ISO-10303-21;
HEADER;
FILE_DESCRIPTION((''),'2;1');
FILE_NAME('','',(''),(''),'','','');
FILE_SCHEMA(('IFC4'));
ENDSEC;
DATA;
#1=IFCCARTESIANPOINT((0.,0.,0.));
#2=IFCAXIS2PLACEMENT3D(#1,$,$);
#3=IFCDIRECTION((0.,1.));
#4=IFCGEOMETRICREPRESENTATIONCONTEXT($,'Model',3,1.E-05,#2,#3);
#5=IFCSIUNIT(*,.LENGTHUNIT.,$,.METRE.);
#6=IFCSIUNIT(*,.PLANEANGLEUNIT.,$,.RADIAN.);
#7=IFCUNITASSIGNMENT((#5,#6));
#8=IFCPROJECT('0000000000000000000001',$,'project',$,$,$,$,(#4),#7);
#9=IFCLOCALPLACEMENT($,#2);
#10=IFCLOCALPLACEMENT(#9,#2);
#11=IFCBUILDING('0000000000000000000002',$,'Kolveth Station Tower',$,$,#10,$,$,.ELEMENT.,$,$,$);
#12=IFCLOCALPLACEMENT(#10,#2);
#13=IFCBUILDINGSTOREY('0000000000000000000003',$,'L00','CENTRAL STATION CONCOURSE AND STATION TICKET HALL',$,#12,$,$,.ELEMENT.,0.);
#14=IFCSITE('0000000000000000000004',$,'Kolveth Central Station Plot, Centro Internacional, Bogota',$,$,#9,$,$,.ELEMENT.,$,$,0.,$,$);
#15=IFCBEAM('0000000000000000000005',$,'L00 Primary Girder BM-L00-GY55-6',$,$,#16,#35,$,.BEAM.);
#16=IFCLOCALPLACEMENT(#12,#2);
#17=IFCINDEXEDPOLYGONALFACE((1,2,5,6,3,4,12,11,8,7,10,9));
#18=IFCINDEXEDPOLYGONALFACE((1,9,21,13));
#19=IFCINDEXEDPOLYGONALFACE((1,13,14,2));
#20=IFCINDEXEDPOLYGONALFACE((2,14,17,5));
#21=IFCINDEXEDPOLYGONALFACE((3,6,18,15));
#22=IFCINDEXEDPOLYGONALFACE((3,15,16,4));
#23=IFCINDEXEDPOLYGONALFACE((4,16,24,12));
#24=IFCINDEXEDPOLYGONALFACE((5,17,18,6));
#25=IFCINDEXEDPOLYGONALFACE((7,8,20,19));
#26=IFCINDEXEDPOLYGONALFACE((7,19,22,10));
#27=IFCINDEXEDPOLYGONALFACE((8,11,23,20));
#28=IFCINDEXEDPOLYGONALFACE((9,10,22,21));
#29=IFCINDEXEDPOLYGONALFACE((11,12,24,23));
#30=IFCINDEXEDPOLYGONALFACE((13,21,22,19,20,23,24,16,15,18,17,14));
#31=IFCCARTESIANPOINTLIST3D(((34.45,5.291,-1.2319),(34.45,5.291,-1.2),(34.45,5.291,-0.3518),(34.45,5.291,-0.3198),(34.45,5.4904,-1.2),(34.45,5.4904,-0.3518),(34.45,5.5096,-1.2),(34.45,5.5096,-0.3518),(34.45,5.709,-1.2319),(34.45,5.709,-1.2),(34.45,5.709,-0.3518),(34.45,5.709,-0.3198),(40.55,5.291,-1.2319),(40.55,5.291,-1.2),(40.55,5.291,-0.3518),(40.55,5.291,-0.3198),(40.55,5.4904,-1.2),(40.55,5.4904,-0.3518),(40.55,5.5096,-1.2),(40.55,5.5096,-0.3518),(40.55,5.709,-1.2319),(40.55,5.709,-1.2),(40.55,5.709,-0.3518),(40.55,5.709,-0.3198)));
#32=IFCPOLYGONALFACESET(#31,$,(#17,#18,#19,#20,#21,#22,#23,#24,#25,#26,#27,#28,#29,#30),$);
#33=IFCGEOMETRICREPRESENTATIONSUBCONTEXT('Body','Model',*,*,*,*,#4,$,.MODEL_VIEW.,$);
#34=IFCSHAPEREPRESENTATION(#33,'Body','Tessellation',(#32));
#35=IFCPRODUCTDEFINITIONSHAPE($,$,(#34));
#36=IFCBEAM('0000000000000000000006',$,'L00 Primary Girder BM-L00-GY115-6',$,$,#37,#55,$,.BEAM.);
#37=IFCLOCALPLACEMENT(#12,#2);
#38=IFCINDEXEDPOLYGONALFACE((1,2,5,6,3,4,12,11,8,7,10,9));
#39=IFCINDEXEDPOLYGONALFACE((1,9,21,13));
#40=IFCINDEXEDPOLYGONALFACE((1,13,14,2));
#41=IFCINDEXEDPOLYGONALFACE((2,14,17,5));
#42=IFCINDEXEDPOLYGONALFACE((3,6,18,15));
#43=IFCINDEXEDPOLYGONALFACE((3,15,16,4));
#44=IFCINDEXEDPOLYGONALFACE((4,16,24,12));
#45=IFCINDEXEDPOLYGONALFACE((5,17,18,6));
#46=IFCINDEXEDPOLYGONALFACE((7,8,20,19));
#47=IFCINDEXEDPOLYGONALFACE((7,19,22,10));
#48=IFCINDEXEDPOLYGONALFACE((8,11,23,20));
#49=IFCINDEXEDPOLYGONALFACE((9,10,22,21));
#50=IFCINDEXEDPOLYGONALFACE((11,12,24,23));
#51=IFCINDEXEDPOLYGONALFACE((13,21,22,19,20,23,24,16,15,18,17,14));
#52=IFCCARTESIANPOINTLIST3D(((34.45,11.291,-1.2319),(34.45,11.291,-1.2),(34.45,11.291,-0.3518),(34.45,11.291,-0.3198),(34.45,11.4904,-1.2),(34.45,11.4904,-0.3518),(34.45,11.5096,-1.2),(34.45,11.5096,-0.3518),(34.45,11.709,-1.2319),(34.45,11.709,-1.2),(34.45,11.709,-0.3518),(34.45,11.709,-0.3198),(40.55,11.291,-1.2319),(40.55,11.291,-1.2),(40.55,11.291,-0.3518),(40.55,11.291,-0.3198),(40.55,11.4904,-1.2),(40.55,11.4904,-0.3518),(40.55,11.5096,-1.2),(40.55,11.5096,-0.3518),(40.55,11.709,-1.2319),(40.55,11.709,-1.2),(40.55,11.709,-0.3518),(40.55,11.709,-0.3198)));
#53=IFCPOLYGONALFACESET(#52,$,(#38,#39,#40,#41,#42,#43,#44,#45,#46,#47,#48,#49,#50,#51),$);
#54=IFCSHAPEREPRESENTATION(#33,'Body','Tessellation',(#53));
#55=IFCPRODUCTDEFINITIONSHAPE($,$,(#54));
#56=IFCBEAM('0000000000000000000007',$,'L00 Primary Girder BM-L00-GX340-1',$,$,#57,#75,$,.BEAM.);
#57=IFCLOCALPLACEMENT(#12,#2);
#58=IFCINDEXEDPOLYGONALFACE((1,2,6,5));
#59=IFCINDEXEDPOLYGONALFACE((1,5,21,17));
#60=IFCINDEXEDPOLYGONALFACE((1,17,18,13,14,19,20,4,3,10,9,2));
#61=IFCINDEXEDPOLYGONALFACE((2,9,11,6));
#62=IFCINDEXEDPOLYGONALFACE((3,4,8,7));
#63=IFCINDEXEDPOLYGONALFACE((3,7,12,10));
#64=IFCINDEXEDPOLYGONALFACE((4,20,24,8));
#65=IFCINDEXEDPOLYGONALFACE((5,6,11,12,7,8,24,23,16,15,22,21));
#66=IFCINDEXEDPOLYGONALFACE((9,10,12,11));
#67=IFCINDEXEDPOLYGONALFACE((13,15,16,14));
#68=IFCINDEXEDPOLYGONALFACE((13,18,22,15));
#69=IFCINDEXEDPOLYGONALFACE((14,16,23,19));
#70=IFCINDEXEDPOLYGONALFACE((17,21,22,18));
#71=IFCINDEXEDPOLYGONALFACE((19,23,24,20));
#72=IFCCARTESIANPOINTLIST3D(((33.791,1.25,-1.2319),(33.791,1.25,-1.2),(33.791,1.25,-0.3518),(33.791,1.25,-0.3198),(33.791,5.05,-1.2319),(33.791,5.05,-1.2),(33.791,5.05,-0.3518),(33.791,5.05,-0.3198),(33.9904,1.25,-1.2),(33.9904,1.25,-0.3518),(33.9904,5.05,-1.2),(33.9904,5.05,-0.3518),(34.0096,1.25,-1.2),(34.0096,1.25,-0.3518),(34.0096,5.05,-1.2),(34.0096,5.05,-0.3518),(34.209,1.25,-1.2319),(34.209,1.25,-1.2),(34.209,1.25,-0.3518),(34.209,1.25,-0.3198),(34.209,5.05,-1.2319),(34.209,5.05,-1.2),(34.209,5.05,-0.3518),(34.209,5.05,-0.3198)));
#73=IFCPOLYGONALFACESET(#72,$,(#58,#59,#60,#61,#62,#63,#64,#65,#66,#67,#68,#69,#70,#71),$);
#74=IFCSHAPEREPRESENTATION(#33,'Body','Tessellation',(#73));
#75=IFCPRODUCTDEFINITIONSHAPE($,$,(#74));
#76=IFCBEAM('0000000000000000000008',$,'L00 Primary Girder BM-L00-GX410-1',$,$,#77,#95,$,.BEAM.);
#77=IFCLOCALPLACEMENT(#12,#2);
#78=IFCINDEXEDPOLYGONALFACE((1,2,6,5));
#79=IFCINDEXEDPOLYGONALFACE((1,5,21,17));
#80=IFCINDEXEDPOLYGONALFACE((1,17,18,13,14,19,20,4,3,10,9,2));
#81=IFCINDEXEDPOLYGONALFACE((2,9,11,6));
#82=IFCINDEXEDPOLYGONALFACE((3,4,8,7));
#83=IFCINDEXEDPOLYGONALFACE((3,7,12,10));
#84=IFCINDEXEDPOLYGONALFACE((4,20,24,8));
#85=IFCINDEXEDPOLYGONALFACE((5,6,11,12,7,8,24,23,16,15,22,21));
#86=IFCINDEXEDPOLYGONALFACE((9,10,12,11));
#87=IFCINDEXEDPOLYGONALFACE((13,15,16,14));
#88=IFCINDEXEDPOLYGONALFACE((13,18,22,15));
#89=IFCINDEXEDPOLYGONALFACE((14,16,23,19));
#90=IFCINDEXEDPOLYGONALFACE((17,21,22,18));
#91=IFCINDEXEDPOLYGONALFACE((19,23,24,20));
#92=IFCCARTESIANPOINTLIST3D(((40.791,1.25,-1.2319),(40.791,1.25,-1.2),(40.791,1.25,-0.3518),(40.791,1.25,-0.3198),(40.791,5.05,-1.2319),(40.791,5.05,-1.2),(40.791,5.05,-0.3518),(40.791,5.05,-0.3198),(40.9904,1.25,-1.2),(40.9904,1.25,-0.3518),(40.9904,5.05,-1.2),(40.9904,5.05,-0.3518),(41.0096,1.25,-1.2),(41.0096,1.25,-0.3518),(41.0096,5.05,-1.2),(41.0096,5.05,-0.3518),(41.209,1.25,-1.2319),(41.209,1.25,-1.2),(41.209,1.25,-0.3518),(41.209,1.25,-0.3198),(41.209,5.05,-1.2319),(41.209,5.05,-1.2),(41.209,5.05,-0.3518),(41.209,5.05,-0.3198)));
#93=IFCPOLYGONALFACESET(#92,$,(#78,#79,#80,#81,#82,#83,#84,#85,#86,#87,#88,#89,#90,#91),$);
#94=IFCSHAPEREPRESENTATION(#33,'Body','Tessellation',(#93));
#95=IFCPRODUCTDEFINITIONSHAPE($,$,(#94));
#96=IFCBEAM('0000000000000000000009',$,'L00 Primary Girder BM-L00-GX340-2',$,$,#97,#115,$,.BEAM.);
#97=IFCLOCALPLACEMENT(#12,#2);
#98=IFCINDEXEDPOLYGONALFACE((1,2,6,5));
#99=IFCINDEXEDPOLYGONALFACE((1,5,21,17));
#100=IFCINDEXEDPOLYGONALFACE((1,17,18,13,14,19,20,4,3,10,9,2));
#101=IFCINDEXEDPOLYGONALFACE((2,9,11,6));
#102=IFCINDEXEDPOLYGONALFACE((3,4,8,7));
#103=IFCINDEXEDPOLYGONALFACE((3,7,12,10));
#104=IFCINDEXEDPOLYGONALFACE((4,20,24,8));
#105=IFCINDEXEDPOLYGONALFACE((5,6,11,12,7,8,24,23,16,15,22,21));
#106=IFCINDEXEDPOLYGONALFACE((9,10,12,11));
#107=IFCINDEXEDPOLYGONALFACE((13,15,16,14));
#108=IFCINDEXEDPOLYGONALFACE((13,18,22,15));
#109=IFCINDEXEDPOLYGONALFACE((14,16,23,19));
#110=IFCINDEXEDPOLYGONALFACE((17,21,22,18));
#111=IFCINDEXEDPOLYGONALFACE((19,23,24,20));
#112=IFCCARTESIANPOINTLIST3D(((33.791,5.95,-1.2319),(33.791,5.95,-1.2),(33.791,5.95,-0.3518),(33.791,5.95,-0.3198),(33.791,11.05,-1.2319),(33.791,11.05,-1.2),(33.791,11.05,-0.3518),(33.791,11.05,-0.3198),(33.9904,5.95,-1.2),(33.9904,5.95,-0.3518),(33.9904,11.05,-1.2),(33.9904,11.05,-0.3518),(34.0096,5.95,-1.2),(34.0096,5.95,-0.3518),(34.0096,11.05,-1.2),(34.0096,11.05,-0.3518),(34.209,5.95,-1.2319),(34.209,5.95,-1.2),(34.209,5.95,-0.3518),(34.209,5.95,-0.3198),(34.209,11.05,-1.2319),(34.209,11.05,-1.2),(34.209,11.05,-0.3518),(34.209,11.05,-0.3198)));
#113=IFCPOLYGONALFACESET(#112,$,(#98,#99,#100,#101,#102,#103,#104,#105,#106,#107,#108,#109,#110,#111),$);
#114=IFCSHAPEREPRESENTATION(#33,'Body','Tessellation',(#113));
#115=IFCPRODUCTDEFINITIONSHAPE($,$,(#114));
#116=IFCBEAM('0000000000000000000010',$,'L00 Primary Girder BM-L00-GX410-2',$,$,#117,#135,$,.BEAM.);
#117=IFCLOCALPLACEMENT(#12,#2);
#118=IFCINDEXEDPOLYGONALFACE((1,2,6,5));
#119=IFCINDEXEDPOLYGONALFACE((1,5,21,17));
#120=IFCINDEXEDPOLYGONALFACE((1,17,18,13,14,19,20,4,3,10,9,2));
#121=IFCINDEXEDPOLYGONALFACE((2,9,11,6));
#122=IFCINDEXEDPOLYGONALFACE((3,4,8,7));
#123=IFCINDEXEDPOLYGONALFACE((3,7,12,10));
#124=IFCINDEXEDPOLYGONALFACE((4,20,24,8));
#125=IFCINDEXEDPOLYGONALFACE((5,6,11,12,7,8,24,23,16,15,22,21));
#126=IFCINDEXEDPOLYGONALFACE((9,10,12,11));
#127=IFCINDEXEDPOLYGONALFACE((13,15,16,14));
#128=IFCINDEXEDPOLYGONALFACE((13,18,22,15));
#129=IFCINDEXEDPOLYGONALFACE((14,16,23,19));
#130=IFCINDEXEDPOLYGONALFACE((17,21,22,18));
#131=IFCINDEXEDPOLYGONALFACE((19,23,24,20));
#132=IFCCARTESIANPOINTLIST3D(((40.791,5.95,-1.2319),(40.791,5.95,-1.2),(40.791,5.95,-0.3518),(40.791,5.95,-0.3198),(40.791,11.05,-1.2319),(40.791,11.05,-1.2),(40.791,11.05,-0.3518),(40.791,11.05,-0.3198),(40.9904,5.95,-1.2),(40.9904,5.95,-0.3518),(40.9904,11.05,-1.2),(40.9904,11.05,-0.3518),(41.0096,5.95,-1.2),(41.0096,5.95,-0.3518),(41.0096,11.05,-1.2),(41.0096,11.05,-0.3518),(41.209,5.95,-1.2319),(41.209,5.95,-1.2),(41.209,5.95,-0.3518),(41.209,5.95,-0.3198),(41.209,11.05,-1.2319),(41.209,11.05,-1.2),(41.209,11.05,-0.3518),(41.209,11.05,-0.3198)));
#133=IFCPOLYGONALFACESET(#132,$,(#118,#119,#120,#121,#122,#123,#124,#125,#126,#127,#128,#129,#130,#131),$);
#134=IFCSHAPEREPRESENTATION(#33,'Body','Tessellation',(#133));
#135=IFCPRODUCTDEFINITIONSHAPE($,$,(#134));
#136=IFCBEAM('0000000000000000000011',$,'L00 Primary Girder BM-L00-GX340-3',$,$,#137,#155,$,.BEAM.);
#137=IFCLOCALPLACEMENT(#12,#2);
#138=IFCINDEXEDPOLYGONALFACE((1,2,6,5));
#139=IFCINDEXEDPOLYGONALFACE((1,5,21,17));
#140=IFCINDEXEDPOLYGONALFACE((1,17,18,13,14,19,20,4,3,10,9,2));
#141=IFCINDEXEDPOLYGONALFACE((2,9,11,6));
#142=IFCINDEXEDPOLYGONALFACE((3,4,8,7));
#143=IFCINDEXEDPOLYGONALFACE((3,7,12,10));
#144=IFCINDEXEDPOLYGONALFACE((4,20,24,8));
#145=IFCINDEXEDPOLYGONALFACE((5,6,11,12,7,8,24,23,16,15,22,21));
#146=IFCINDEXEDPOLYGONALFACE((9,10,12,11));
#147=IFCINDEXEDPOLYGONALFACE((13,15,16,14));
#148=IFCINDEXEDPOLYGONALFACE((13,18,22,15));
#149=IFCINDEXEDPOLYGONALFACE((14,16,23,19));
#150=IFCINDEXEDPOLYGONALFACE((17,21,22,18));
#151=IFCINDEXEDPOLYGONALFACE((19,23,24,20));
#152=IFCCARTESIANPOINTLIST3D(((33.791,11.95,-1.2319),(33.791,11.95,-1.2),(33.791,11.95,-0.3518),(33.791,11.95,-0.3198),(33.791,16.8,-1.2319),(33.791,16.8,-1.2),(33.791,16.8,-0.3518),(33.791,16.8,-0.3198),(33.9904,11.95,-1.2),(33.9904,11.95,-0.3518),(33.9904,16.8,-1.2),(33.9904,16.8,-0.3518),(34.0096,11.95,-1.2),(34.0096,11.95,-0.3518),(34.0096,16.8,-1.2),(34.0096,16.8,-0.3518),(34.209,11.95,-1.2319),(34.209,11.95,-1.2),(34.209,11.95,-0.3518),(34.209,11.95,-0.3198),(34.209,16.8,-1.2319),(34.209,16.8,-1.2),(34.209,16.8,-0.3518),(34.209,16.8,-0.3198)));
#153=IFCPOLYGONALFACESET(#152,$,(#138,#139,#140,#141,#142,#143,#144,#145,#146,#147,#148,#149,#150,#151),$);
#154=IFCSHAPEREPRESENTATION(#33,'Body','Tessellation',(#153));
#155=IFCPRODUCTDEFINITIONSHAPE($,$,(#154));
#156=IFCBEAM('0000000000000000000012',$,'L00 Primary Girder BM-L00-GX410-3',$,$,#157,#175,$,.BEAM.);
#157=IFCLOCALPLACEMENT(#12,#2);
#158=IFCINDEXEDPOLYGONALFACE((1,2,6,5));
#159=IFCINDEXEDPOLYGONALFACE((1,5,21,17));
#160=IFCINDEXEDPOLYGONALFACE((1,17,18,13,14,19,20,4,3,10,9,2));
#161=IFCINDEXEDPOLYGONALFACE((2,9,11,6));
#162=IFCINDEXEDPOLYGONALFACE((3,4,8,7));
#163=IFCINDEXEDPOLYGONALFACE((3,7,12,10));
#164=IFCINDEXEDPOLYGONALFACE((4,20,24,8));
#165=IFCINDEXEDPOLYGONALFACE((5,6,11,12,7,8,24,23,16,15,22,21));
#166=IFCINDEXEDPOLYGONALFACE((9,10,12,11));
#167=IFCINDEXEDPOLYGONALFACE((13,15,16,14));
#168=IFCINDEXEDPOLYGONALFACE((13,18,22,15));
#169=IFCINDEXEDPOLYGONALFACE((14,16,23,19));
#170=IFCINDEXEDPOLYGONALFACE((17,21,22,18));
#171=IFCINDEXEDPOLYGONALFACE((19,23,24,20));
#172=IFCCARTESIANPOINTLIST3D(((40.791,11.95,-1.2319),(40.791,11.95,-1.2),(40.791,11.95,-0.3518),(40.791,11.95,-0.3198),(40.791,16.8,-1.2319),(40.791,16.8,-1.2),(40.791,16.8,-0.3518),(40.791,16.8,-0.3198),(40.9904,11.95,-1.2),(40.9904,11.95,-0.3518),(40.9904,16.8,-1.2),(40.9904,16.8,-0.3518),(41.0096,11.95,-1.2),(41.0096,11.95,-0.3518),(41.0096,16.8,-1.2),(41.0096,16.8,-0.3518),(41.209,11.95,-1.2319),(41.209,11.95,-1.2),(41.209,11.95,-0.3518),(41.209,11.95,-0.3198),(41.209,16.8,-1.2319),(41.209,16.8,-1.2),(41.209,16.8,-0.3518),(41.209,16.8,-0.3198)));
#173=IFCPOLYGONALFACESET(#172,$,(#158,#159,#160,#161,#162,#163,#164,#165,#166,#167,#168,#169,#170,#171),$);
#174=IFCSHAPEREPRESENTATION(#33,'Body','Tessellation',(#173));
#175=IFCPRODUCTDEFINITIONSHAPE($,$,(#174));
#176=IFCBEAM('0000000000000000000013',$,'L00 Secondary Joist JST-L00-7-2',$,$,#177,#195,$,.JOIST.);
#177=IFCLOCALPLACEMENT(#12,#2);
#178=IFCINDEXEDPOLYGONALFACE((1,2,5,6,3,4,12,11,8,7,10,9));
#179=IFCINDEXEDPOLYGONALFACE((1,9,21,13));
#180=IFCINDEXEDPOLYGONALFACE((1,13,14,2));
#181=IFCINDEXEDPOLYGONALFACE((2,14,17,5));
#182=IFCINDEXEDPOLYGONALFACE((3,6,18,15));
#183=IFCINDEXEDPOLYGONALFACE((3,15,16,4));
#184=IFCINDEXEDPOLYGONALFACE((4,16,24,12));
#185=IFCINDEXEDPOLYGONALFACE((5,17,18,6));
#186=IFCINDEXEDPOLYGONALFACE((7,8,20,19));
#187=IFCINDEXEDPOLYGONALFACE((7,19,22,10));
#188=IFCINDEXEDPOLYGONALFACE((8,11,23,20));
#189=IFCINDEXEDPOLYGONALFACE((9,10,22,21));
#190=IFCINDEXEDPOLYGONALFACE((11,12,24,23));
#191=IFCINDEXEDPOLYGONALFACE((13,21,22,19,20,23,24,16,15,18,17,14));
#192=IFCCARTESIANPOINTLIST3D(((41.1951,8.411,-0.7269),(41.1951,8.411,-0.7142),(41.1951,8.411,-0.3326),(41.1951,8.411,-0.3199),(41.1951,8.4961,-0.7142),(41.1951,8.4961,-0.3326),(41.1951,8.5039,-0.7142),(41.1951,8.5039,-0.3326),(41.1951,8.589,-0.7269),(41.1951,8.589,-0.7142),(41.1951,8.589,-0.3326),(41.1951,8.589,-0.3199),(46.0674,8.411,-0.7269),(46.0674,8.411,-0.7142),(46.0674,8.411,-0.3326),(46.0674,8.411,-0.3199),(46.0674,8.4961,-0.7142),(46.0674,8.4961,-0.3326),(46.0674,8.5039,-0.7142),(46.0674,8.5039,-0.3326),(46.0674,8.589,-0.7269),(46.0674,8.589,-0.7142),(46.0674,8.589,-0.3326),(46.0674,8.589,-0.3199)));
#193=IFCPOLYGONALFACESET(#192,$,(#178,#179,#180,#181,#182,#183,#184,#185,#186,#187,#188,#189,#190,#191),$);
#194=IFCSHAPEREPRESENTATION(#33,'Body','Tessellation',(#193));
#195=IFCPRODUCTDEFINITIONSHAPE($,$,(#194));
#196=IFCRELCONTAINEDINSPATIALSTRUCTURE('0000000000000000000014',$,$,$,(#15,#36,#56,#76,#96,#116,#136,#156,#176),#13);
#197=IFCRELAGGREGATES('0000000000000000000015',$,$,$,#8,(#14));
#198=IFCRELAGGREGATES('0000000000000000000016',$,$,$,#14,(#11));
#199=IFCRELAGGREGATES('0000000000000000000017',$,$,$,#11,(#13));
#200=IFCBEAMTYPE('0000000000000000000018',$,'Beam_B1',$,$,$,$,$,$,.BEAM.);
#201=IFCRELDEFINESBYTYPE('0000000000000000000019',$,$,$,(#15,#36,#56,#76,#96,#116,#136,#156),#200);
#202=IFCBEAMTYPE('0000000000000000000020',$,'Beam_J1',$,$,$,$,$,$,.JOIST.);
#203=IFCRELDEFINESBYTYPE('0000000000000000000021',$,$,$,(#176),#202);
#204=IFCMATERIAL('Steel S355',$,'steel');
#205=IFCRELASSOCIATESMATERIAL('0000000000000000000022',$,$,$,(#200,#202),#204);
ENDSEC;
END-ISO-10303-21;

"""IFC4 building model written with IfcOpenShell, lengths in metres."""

from ifc_helpers import new_model, si_unit, direction, frame, origin, origin_2d, place, context, subcontext, project, spatial, i_section, extrude, source, transform, mapped, material, material_profile, profile_set, type_object, element, save


model = new_model("IFC4")

# Units and contexts
model_context = context("Model", 3, precision=1e-05, world=origin(), true_north=direction((0.0, 1.0)))
body_context = subcontext(model_context, "Body", "Model", "MODEL_VIEW")
ifc_project = project(units=[si_unit("LENGTHUNIT", "METRE"), si_unit("PLANEANGLEUNIT", "RADIAN")], contexts=[model_context])

# Site, building, storey
site_placement = place(None, origin())
site = spatial("IfcSite", under=ifc_project, at=site_placement, Name="Kolveth Central Station Plot, Centro Internacional, Bogota", CompositionType="ELEMENT", RefElevation=0.0)
building_placement = place(site_placement, origin())
building = spatial("IfcBuilding", under=site, at=building_placement, Name="Kolveth Station Tower", CompositionType="ELEMENT")
storey_placement = place(building_placement, origin())
storey = spatial("IfcBuildingStorey", under=building, at=storey_placement, Name="L00", Description="CENTRAL STATION CONCOURSE AND STATION TICKET HALL", CompositionType="ELEMENT", Elevation=0.0)

# Beams
ifc_material_1 = material(Name="Steel S355", Category="steel")
ifc_material_profile_1 = material_profile(ifc_material_1, i_section(OverallWidth=0.418, OverallDepth=0.9121, WebThickness=0.0193, FlangeThickness=0.032, at=origin_2d()), Name="W920x342")
ifc_profile_set_1 = profile_set([ifc_material_profile_1], Name="Steel S355")
beam_type_1 = type_object("IfcBeamType", Name="Beam_B1", PredefinedType="BEAM", material=ifc_profile_set_1)
shared_shape_1 = source(origin(), body_context, "Body", "SweptSolid", [
    extrude(i_section(OverallWidth=0.418, OverallDepth=0.9121, WebThickness=0.0193, FlangeThickness=0.032, at=origin_2d()), origin(), (0.0, 0.0, 1.0), 6.1001),
])
for number, where, z_axis, x_axis, name in (
    (1, (34.45, 5.5, -0.7759), (1.0, 0.0, 0.0), (0.0, 1.0, 0.0), "L00 Primary Girder BM-L00-GY55-6"),
    (2, (34.45, 11.5, -0.7759), (1.0, 0.0, 0.0), (0.0, 1.0, 0.0), "L00 Primary Girder BM-L00-GY115-6"),
):
    element("IfcBeam", number, at=place(storey_placement, frame(where, z_axis=z_axis, x_axis=x_axis)), inside=storey, type_object=beam_type_1, Name=name, PredefinedType="BEAM", context=body_context, shape_type="MappedRepresentation", body=[
        mapped(shared_shape_1, transform((0.0, 0.0, 0.0), x_axis=(1.0, 0.0, 0.0), y_axis=(0.0, 1.0, 0.0), z_axis=(0.0, 0.0, 1.0), scale=1.0)),
    ])
shared_shape_2 = source(origin(), body_context, "Body", "SweptSolid", [
    extrude(i_section(OverallWidth=0.418, OverallDepth=0.9121, WebThickness=0.0193, FlangeThickness=0.032, at=origin_2d()), origin(), (0.0, 0.0, 1.0), 3.8),
])
for number, where, z_axis, x_axis, name in (
    (3, (34.0, 1.25, -0.7759), (0.0, 1.0, 0.0), (-1.0, 0.0, 0.0), "L00 Primary Girder BM-L00-GX340-1"),
    (4, (41.0, 1.25, -0.7759), (0.0, 1.0, 0.0), (-1.0, 0.0, 0.0), "L00 Primary Girder BM-L00-GX410-1"),
):
    element("IfcBeam", number, at=place(storey_placement, frame(where, z_axis=z_axis, x_axis=x_axis)), inside=storey, type_object=beam_type_1, Name=name, PredefinedType="BEAM", context=body_context, shape_type="MappedRepresentation", body=[
        mapped(shared_shape_2, transform((0.0, 0.0, 0.0), x_axis=(1.0, 0.0, 0.0), y_axis=(0.0, 1.0, 0.0), z_axis=(0.0, 0.0, 1.0), scale=1.0)),
    ])
shared_shape_3 = source(origin(), body_context, "Body", "SweptSolid", [
    extrude(i_section(OverallWidth=0.418, OverallDepth=0.9121, WebThickness=0.0193, FlangeThickness=0.032, at=origin_2d()), origin(), (0.0, 0.0, 1.0), 5.1001),
])
for number, where, z_axis, x_axis, name in (
    (5, (34.0, 5.95, -0.7759), (0.0, 1.0, 0.0), (-1.0, 0.0, 0.0), "L00 Primary Girder BM-L00-GX340-2"),
    (6, (41.0, 5.95, -0.7759), (0.0, 1.0, 0.0), (-1.0, 0.0, 0.0), "L00 Primary Girder BM-L00-GX410-2"),
):
    element("IfcBeam", number, at=place(storey_placement, frame(where, z_axis=z_axis, x_axis=x_axis)), inside=storey, type_object=beam_type_1, Name=name, PredefinedType="BEAM", context=body_context, shape_type="MappedRepresentation", body=[
        mapped(shared_shape_3, transform((0.0, 0.0, 0.0), x_axis=(1.0, 0.0, 0.0), y_axis=(0.0, 1.0, 0.0), z_axis=(0.0, 0.0, 1.0), scale=1.0)),
    ])
shared_shape_4 = source(origin(), body_context, "Body", "SweptSolid", [
    extrude(i_section(OverallWidth=0.418, OverallDepth=0.9121, WebThickness=0.0193, FlangeThickness=0.032, at=origin_2d()), origin(), (0.0, 0.0, 1.0), 4.8501),
])
for number, where, z_axis, x_axis, name in (
    (7, (34.0, 11.95, -0.7759), (0.0, 1.0, 0.0), (-1.0, 0.0, 0.0), "L00 Primary Girder BM-L00-GX340-3"),
    (8, (41.0, 11.95, -0.7759), (0.0, 1.0, 0.0), (-1.0, 0.0, 0.0), "L00 Primary Girder BM-L00-GX410-3"),
):
    element("IfcBeam", number, at=place(storey_placement, frame(where, z_axis=z_axis, x_axis=x_axis)), inside=storey, type_object=beam_type_1, Name=name, PredefinedType="BEAM", context=body_context, shape_type="MappedRepresentation", body=[
        mapped(shared_shape_4, transform((0.0, 0.0, 0.0), x_axis=(1.0, 0.0, 0.0), y_axis=(0.0, 1.0, 0.0), z_axis=(0.0, 0.0, 1.0), scale=1.0)),
    ])
ifc_material_profile_2 = material_profile(ifc_material_1, i_section(OverallWidth=0.178, OverallDepth=0.407, WebThickness=0.0078, FlangeThickness=0.0127, at=origin_2d()), Name="W410x60")
ifc_profile_set_2 = profile_set([ifc_material_profile_2], Name="Steel S355")
beam_type_2 = type_object("IfcBeamType", Name="Beam_J1", PredefinedType="JOIST", material=ifc_profile_set_2)
shared_shape_5 = source(origin(), body_context, "Body", "SweptSolid", [
    extrude(i_section(OverallWidth=0.178, OverallDepth=0.407, WebThickness=0.0078, FlangeThickness=0.0127, at=origin_2d()), origin(), (0.0, 0.0, 1.0), 4.8723),
])
beam_1_placement = place(storey_placement, frame((41.1951, 8.5, -0.5234), z_axis=(1.0, 0.0, 0.0), x_axis=(0.0, 1.0, 0.0)))
element("IfcBeam", 9, at=beam_1_placement, inside=storey, type_object=beam_type_2, Name="L00 Secondary Joist JST-L00-7-2", PredefinedType="JOIST", context=body_context, shape_type="MappedRepresentation", body=[
    mapped(shared_shape_5, transform((0.0, 0.0, 0.0), x_axis=(1.0, 0.0, 0.0), y_axis=(0.0, 1.0, 0.0), z_axis=(0.0, 0.0, 1.0), scale=1.0)),
])

save(model, "model.ifc")
